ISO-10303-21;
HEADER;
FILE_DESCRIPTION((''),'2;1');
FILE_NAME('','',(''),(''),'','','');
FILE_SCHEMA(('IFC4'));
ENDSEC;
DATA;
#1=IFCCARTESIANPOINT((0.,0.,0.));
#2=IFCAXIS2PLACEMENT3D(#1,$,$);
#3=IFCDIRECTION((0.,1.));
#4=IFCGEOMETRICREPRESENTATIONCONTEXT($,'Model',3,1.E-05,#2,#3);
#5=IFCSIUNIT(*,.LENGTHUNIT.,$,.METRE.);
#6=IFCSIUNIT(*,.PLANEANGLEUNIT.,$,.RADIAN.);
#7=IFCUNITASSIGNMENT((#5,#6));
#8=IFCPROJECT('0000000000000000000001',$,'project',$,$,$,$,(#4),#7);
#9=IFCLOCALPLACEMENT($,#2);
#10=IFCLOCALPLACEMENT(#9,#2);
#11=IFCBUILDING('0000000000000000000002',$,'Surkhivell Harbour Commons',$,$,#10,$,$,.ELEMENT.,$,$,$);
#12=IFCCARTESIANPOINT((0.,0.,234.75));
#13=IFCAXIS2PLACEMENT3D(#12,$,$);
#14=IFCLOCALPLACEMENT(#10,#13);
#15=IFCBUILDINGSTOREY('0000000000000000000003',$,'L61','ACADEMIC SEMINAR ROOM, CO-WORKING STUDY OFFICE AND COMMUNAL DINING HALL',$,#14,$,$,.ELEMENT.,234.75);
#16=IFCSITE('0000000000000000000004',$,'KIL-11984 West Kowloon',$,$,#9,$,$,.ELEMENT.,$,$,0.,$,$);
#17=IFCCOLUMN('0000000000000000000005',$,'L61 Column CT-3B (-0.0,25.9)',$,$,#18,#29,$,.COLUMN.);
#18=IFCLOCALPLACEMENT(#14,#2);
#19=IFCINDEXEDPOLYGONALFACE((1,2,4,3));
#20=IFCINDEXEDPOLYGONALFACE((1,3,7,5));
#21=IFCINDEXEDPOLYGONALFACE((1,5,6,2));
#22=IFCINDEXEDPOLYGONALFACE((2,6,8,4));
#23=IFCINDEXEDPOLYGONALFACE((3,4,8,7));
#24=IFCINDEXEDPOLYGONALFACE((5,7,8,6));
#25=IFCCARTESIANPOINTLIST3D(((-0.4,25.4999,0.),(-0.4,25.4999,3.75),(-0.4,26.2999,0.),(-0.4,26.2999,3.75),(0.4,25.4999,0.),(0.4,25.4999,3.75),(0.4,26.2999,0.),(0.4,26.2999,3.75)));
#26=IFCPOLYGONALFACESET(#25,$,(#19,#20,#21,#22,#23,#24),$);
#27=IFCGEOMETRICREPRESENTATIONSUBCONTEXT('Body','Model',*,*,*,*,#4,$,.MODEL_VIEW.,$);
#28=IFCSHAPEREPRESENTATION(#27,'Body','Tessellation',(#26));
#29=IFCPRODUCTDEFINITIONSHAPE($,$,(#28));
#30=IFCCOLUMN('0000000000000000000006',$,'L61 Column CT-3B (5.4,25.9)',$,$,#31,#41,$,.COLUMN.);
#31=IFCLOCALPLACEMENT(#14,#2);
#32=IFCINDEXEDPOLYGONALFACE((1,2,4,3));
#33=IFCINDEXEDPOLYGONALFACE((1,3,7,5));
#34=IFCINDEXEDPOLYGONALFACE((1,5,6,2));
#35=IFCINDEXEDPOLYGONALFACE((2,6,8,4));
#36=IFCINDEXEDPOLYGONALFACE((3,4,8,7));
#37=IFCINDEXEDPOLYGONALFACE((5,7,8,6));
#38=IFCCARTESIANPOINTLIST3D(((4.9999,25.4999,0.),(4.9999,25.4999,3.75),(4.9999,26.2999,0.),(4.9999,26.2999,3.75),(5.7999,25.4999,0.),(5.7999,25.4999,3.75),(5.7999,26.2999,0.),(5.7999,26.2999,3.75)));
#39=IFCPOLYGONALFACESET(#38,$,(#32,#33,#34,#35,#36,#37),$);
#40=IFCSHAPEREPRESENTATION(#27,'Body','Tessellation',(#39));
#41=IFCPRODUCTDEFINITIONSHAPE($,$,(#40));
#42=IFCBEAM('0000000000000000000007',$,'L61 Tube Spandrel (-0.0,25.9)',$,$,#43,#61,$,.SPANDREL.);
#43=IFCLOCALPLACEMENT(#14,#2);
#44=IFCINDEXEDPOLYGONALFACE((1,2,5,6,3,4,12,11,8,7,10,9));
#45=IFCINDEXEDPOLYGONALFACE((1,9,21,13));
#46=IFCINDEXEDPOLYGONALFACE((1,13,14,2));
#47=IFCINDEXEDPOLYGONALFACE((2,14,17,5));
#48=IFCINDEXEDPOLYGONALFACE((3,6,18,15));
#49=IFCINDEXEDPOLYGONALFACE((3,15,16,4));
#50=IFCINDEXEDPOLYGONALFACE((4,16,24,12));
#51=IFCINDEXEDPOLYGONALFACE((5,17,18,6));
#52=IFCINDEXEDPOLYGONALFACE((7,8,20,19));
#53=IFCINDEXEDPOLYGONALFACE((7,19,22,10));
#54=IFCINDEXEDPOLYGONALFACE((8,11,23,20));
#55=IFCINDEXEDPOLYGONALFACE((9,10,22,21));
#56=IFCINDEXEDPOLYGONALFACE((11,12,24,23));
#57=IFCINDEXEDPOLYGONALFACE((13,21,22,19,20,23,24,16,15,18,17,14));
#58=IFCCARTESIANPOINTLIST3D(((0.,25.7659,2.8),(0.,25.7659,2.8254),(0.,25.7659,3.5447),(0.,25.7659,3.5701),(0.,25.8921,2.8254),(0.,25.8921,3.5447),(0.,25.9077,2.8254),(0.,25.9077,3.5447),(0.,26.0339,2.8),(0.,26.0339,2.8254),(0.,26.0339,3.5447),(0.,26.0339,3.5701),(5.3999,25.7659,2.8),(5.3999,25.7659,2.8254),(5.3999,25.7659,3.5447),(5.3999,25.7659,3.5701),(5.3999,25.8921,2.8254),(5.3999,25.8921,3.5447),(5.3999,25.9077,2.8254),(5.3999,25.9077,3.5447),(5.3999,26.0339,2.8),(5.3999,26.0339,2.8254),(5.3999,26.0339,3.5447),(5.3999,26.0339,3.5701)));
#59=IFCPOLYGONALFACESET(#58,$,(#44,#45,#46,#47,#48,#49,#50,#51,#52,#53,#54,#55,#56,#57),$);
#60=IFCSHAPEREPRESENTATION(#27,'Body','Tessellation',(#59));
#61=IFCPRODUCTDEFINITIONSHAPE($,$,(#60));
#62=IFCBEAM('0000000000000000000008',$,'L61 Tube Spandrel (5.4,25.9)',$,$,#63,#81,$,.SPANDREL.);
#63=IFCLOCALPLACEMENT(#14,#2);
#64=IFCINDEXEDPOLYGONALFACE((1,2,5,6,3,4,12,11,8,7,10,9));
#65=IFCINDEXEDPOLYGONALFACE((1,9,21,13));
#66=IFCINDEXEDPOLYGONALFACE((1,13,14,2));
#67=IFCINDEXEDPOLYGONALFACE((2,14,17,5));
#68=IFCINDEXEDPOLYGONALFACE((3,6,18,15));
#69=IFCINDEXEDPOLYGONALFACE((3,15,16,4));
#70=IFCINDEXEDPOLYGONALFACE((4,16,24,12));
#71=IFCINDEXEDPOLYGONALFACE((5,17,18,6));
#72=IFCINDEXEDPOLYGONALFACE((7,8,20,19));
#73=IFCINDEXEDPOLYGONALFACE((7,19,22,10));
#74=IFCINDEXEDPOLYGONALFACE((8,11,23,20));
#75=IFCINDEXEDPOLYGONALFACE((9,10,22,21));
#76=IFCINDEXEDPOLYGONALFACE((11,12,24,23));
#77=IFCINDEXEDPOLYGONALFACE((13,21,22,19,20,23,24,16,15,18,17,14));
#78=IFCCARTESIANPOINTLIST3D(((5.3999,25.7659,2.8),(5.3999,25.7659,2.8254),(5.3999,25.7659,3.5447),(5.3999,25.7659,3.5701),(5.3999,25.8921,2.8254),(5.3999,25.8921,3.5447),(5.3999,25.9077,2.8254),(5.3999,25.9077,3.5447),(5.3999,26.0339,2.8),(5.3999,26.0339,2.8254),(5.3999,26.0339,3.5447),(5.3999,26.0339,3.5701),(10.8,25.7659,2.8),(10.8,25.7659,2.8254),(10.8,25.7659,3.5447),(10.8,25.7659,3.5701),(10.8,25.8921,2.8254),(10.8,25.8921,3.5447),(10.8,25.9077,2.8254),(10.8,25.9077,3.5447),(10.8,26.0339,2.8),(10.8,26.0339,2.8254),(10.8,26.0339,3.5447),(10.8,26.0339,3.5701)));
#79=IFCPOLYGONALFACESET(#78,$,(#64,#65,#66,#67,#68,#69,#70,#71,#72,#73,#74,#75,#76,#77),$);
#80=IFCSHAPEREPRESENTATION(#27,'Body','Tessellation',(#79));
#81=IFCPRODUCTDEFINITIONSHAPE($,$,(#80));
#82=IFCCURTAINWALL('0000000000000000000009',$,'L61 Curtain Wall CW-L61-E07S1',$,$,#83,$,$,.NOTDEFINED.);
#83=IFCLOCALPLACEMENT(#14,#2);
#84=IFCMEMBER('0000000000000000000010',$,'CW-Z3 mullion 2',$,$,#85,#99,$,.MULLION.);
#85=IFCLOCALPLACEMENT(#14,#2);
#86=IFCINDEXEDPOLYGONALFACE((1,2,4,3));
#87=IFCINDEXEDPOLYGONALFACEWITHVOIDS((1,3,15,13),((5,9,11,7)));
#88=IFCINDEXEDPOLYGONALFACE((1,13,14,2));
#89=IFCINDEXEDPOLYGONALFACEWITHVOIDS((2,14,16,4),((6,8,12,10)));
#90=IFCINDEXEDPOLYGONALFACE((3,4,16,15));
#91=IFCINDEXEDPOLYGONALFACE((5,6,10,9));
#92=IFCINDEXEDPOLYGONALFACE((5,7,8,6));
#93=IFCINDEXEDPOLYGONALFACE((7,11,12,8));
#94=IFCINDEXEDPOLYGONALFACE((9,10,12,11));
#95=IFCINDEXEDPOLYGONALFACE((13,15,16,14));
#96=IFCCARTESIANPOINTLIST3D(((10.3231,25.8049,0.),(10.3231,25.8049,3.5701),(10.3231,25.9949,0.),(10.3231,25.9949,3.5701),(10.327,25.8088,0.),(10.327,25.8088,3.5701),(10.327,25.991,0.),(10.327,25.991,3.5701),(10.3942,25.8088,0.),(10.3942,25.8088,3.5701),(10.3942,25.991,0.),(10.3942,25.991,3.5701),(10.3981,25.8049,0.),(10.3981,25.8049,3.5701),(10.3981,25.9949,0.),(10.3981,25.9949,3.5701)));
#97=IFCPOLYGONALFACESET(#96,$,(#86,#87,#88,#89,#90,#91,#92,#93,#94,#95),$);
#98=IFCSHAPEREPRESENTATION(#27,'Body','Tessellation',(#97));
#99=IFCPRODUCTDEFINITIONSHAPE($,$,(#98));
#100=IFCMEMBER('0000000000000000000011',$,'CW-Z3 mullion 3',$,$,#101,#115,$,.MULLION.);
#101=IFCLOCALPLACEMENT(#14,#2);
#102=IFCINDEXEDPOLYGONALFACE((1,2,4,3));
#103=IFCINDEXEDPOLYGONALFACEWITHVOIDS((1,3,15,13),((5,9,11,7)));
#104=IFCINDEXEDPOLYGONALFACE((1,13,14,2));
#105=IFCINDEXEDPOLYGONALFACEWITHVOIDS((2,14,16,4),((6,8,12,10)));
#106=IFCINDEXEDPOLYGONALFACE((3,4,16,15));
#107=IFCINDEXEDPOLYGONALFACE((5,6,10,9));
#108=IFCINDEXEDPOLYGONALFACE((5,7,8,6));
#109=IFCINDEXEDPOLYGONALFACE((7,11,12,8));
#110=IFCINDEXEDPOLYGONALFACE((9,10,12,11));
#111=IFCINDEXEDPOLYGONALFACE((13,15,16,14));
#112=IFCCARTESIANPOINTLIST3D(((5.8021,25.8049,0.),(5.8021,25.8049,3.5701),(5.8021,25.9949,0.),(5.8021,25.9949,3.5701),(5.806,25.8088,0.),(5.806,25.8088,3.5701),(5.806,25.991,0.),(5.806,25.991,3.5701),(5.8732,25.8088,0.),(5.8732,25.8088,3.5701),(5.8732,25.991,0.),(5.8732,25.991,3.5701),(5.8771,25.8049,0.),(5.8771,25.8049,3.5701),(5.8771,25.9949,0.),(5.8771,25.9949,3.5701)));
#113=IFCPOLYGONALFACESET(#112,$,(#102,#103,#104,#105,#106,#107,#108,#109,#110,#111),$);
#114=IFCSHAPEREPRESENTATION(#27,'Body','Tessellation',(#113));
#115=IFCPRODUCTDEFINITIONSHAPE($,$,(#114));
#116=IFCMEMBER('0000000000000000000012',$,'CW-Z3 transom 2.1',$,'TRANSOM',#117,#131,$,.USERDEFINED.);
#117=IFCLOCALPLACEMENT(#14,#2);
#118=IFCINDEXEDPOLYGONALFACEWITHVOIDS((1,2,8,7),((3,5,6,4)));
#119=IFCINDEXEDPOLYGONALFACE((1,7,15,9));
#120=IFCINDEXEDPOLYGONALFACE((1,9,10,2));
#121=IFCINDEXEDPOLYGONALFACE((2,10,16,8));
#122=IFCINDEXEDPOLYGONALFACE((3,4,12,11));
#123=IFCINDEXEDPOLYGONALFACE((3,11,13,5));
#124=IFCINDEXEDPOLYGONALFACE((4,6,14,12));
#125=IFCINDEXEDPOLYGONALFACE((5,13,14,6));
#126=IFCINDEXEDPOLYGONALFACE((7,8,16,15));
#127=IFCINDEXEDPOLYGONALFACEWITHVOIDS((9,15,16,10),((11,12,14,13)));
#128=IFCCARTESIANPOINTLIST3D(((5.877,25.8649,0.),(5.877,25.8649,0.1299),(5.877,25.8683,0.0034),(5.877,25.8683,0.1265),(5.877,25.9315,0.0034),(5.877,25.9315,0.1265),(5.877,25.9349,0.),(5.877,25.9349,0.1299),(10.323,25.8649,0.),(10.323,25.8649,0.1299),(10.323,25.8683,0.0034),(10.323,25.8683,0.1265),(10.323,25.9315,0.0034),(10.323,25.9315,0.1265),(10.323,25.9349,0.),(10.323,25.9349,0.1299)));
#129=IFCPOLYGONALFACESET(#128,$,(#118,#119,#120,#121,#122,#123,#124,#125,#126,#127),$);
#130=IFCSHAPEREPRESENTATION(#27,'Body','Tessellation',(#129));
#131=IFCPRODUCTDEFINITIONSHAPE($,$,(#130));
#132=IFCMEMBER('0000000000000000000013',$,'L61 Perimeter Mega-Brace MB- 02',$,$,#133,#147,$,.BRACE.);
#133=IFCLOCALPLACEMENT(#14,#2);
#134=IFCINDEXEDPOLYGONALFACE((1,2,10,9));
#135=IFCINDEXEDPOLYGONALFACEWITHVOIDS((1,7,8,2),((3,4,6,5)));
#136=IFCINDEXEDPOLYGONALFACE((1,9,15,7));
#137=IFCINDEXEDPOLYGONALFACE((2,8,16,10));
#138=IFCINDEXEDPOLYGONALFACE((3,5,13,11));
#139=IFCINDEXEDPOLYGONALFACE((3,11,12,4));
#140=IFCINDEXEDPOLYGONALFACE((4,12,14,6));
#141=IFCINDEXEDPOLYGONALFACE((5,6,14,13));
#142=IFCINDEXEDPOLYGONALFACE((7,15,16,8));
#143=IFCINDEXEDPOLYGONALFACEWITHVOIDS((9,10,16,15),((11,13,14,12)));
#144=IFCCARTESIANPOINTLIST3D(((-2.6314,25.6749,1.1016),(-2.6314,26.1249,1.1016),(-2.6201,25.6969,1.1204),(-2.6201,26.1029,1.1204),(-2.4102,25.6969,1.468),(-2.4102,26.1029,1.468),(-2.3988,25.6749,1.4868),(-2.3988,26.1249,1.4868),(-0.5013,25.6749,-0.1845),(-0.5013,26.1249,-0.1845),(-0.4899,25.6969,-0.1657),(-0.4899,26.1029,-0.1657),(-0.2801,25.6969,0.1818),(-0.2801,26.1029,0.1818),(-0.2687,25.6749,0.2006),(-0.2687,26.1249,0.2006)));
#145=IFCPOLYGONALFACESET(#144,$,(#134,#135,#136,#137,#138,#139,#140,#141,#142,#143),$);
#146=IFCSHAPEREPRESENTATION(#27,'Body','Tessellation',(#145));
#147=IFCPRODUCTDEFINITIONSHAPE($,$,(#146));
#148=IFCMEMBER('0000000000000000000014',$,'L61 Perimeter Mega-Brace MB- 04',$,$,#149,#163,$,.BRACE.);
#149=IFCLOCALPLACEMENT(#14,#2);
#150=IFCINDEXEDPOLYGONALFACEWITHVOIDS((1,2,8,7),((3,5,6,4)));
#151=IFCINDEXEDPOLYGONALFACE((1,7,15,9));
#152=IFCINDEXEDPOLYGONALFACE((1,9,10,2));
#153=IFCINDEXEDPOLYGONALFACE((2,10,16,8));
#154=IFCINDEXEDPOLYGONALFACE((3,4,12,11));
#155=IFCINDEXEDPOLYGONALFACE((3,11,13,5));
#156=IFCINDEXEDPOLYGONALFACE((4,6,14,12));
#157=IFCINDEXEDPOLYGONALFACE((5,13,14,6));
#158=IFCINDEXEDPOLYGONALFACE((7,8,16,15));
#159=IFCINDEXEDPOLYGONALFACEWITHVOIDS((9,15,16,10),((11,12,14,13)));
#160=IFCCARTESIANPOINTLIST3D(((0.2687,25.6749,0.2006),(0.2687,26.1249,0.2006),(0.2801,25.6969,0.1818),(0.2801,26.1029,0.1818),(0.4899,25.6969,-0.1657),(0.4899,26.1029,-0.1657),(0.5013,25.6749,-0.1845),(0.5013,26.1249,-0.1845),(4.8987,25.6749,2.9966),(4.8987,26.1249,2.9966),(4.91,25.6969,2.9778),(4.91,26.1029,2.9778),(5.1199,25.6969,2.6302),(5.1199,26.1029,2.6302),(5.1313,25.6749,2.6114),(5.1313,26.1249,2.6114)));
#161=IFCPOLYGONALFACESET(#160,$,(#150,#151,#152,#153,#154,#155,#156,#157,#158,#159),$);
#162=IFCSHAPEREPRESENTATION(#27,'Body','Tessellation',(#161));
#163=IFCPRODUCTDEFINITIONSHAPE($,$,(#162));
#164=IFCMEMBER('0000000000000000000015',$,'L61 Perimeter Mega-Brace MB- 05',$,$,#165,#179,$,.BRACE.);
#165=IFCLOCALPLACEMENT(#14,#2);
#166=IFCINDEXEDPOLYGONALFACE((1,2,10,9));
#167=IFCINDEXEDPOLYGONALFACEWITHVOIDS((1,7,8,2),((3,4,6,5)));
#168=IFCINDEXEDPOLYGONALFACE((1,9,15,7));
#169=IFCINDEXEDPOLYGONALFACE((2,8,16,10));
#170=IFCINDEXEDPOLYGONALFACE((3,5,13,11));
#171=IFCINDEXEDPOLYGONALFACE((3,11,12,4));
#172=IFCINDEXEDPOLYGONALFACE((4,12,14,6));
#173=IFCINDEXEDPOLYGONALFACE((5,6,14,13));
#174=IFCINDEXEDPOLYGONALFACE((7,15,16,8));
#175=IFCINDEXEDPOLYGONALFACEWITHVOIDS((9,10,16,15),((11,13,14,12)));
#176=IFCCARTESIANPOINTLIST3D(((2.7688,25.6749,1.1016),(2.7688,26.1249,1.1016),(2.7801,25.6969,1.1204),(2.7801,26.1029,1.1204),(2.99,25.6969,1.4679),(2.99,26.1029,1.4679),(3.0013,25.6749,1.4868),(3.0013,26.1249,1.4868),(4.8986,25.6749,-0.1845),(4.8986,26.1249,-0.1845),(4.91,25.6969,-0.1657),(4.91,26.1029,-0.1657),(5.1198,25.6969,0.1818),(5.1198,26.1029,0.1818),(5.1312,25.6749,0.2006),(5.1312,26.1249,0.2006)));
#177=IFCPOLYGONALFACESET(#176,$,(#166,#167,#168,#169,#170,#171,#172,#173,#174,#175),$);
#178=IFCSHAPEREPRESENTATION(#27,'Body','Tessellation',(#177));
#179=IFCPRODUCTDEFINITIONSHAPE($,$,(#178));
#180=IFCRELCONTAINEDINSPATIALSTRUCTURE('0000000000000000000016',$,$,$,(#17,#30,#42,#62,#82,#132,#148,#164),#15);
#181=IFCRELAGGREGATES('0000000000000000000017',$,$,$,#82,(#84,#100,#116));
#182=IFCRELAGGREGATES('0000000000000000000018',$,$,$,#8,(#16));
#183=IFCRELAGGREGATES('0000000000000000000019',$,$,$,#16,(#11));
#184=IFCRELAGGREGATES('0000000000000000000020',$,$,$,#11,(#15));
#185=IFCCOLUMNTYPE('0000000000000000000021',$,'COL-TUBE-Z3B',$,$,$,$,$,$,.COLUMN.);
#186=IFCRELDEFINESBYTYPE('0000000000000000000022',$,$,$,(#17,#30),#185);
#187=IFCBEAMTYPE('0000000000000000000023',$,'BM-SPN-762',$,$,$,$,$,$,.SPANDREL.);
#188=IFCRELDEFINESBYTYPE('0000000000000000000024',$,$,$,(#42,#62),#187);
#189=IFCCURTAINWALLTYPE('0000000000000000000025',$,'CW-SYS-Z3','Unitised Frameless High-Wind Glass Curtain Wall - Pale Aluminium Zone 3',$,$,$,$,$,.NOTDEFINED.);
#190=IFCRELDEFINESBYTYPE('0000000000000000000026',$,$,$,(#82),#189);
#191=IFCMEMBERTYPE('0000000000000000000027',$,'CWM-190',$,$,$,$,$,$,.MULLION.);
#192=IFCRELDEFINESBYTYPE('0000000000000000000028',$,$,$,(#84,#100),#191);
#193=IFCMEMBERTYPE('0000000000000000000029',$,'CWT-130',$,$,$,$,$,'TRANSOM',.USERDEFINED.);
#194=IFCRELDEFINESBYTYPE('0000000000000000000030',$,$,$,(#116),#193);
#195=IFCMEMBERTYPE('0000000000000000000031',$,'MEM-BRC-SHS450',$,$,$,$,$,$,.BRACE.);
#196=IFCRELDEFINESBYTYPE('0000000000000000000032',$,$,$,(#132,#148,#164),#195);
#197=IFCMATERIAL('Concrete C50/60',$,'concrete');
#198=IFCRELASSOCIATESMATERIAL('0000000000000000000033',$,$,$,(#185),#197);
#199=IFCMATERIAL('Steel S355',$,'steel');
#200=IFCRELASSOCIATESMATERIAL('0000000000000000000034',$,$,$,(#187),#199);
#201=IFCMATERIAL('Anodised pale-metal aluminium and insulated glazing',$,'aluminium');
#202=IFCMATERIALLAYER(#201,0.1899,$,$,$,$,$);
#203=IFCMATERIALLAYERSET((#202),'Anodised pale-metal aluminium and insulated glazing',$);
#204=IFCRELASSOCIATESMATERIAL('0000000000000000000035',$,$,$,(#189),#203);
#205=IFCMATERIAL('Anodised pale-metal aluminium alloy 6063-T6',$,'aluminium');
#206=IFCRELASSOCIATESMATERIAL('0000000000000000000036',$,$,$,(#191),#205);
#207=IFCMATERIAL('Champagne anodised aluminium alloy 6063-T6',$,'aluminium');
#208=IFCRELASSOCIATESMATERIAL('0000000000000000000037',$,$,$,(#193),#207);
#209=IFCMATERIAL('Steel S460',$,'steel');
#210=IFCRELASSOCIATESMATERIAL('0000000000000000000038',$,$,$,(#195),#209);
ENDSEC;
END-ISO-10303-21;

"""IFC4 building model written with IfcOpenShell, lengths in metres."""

from ifc_helpers import new_model, si_unit, direction, frame, origin, origin_2d, place, context, subcontext, project, spatial, rectangle, hollow_rectangle, i_section, extrude, material, layer, layer_set, material_profile, profile_set, type_object, element, aggregate, save


model = new_model("IFC4")

# Units and contexts
model_context = context("Model", 3, precision=1e-05, world=origin(), true_north=direction((0.0, 1.0)))
body_context = subcontext(model_context, "Body", "Model", "MODEL_VIEW")
ifc_project = project(units=[si_unit("LENGTHUNIT", "METRE"), si_unit("PLANEANGLEUNIT", "RADIAN")], contexts=[model_context])

# Site, building, storey
site_placement = place(None, origin())
site = spatial("IfcSite", under=ifc_project, at=site_placement, Name="KIL-11984 West Kowloon", CompositionType="ELEMENT", RefElevation=0.0)
building_placement = place(site_placement, origin())
building = spatial("IfcBuilding", under=site, at=building_placement, Name="Surkhivell Harbour Commons", CompositionType="ELEMENT")
storey_placement = place(building_placement, frame((0.0, 0.0, 234.75)))
storey = spatial("IfcBuildingStorey", under=building, at=storey_placement, Name="L61", Description="ACADEMIC SEMINAR ROOM, CO-WORKING STUDY OFFICE AND COMMUNAL DINING HALL", CompositionType="ELEMENT", Elevation=234.75)

# Columns
ifc_material_1 = material(Name="Concrete C50/60", Category="concrete")
ifc_material_profile_1 = material_profile(ifc_material_1, rectangle(XDim=0.8, YDim=0.8, at=origin_2d()), Name="RC-COL-800x800")
ifc_profile_set_1 = profile_set([ifc_material_profile_1], Name="Concrete C50/60")
column_type = type_object("IfcColumnType", Name="COL-TUBE-Z3B", PredefinedType="COLUMN", material=ifc_profile_set_1)
for number, where, z_axis, x_axis, name in (
    (1, (0.0, 25.8999, 0.0), (0.0, 0.0, 1.0), (1.0, 0.0, 0.0), "L61 Column CT-3B (-0.0,25.9)"),
    (2, (5.3999, 25.8999, 0.0), (0.0, 0.0, 1.0), (1.0, 0.0, 0.0), "L61 Column CT-3B (5.4,25.9)"),
):
    element("IfcColumn", number, at=place(storey_placement, frame(where, z_axis=z_axis, x_axis=x_axis)), inside=storey, type_object=column_type, Name=name, PredefinedType="COLUMN", context=body_context, shape_type="SweptSolid", body=[
        extrude(rectangle(XDim=0.8, YDim=0.8, at=origin_2d()), origin(), (0.0, 0.0, 1.0), 3.75),
    ])

# Beams
ifc_material_2 = material(Name="Steel S355", Category="steel")
ifc_material_profile_2 = material_profile(ifc_material_2, i_section(OverallWidth=0.2681, OverallDepth=0.77, WebThickness=0.0156, FlangeThickness=0.0254, at=origin_2d()), Name="UB762x267x197")
ifc_profile_set_2 = profile_set([ifc_material_profile_2], Name="Steel S355")
beam_type = type_object("IfcBeamType", Name="BM-SPN-762", PredefinedType="SPANDREL", material=ifc_profile_set_2)
beam_1_placement = place(storey_placement, frame((0.0, 25.8999, 3.1851), z_axis=(1.0, 0.0, 0.0), x_axis=(0.0, 1.0, 0.0)))
element("IfcBeam", 3, at=beam_1_placement, inside=storey, type_object=beam_type, Name="L61 Tube Spandrel (-0.0,25.9)", PredefinedType="SPANDREL", context=body_context, shape_type="SweptSolid", body=[
    extrude(i_section(OverallWidth=0.2681, OverallDepth=0.77, WebThickness=0.0156, FlangeThickness=0.0254, at=origin_2d()), origin(), (0.0, 0.0, 1.0), 5.3999),
])
beam_2_placement = place(storey_placement, frame((5.3999, 25.8999, 3.1851), z_axis=(1.0, 0.0, 0.0), x_axis=(0.0, 1.0, 0.0)))
element("IfcBeam", 4, at=beam_2_placement, inside=storey, type_object=beam_type, Name="L61 Tube Spandrel (5.4,25.9)", PredefinedType="SPANDREL", context=body_context, shape_type="SweptSolid", body=[
    extrude(i_section(OverallWidth=0.2681, OverallDepth=0.77, WebThickness=0.0156, FlangeThickness=0.0254, at=origin_2d()), origin(), (0.0, 0.0, 1.0), 5.4001),
])

# Curtain wall, members
ifc_material_3 = material(Name="Anodised pale-metal aluminium and insulated glazing", Category="aluminium")
ifc_layer_1 = layer(ifc_material_3, 0.1899)
ifc_layer_set_1 = layer_set([ifc_layer_1], Name="Anodised pale-metal aluminium and insulated glazing")
curtain_wall_type = type_object("IfcCurtainWallType", Name="CW-SYS-Z3", Description="Unitised Frameless High-Wind Glass Curtain Wall - Pale Aluminium Zone 3", PredefinedType="NOTDEFINED", material=ifc_layer_set_1)
curtain_wall_placement = place(storey_placement, origin())
curtain_wall = element("IfcCurtainWall", 5, at=curtain_wall_placement, inside=storey, type_object=curtain_wall_type, Name="L61 Curtain Wall CW-L61-E07S1", PredefinedType="NOTDEFINED")
ifc_material_4 = material(Name="Anodised pale-metal aluminium alloy 6063-T6", Category="aluminium")
ifc_material_profile_3 = material_profile(ifc_material_4, hollow_rectangle(XDim=0.075, YDim=0.1899, WallThickness=0.0039, at=origin_2d()), Name="ALU-MULL-75x190")
ifc_profile_set_3 = profile_set([ifc_material_profile_3], Name="Anodised pale-metal aluminium alloy 6063-T6")
member_type_1 = type_object("IfcMemberType", Name="CWM-190", PredefinedType="MULLION", material=ifc_profile_set_3)
member_1_placement = place(storey_placement, frame((10.3606, 25.8999, 0.0), z_axis=(0.0, 0.0, 1.0), x_axis=(-1.0, 0.0, 0.0)))
member_1 = element("IfcMember", 6, at=member_1_placement, type_object=member_type_1, Name="CW-Z3 mullion 2", PredefinedType="MULLION", context=body_context, shape_type="SweptSolid", body=[
    extrude(hollow_rectangle(XDim=0.075, YDim=0.1899, WallThickness=0.0039, at=origin_2d()), origin(), (0.0, 0.0, 1.0), 3.5701),
])
member_2_placement = place(storey_placement, frame((5.8396, 25.8999, 0.0), z_axis=(0.0, 0.0, 1.0), x_axis=(-1.0, 0.0, 0.0)))
member_2 = element("IfcMember", 7, at=member_2_placement, type_object=member_type_1, Name="CW-Z3 mullion 3", PredefinedType="MULLION", context=body_context, shape_type="SweptSolid", body=[
    extrude(hollow_rectangle(XDim=0.075, YDim=0.1899, WallThickness=0.0039, at=origin_2d()), origin(), (0.0, 0.0, 1.0), 3.5701),
])
ifc_material_5 = material(Name="Champagne anodised aluminium alloy 6063-T6", Category="aluminium")
ifc_material_profile_4 = material_profile(ifc_material_5, hollow_rectangle(XDim=0.0701, YDim=0.1299, WallThickness=0.0034, at=origin_2d()), Name="ALU-TRAN-70x130")
ifc_profile_set_4 = profile_set([ifc_material_profile_4], Name="Champagne anodised aluminium alloy 6063-T6")
member_type_2 = type_object("IfcMemberType", Name="CWT-130", ElementType="TRANSOM", PredefinedType="USERDEFINED", material=ifc_profile_set_4)
member_3_placement = place(storey_placement, frame((10.323, 25.8999, 0.0649), z_axis=(-1.0, 0.0, 0.0), x_axis=(0.0, -1.0, 0.0)))
member_3 = element("IfcMember", 8, at=member_3_placement, type_object=member_type_2, Name="CW-Z3 transom 2.1", ObjectType="TRANSOM", PredefinedType="USERDEFINED", context=body_context, shape_type="SweptSolid", body=[
    extrude(hollow_rectangle(XDim=0.0701, YDim=0.1299, WallThickness=0.0034, at=origin_2d()), origin(), (0.0, 0.0, 1.0), 4.446),
])

# Members
ifc_material_6 = material(Name="Steel S460", Category="steel")
ifc_material_profile_5 = material_profile(ifc_material_6, hollow_rectangle(XDim=0.45, YDim=0.45, WallThickness=0.022, at=origin_2d()), Name="SHS450x450x22")
ifc_profile_set_5 = profile_set([ifc_material_profile_5], Name="Steel S460")
member_type_3 = type_object("IfcMemberType", Name="MEM-BRC-SHS450", PredefinedType="BRACE", material=ifc_profile_set_5)
member_4_placement = place(storey_placement, frame((-0.385, 25.8999, 0.0081), z_axis=(-0.856061, 0.0, 0.516875), x_axis=(0.0, -1.0, 0.0)))
element("IfcMember", 9, at=member_4_placement, inside=storey, type_object=member_type_3, Name="L61 Perimeter Mega-Brace MB- 02", PredefinedType="BRACE", context=body_context, shape_type="SweptSolid", body=[
    extrude(hollow_rectangle(XDim=0.45, YDim=0.45, WallThickness=0.022, at=origin_2d()), origin(), (0.0, 0.0, 1.0), 2.4883),
])
member_5_placement = place(storey_placement, frame((0.385, 25.8999, 0.0081), z_axis=(0.856024, 0.0, 0.516937), x_axis=(0.0, 1.0, 0.0)))
element("IfcMember", 10, at=member_5_placement, inside=storey, type_object=member_type_3, Name="L61 Perimeter Mega-Brace MB- 04", PredefinedType="BRACE", context=body_context, shape_type="SweptSolid", body=[
    extrude(hollow_rectangle(XDim=0.45, YDim=0.45, WallThickness=0.022, at=origin_2d()), origin(), (0.0, 0.0, 1.0), 5.4087),
])
member_6_placement = place(storey_placement, frame((5.0149, 25.8999, 0.0081), z_axis=(-0.856035, 0.0, 0.516918), x_axis=(0.0, -1.0, 0.0)))
element("IfcMember", 11, at=member_6_placement, inside=storey, type_object=member_type_3, Name="L61 Perimeter Mega-Brace MB- 05", PredefinedType="BRACE", context=body_context, shape_type="SweptSolid", body=[
    extrude(hollow_rectangle(XDim=0.45, YDim=0.45, WallThickness=0.022, at=origin_2d()), origin(), (0.0, 0.0, 1.0), 2.488),
])

aggregate(curtain_wall, [member_1, member_2, member_3])

save(model, "model.ifc")
